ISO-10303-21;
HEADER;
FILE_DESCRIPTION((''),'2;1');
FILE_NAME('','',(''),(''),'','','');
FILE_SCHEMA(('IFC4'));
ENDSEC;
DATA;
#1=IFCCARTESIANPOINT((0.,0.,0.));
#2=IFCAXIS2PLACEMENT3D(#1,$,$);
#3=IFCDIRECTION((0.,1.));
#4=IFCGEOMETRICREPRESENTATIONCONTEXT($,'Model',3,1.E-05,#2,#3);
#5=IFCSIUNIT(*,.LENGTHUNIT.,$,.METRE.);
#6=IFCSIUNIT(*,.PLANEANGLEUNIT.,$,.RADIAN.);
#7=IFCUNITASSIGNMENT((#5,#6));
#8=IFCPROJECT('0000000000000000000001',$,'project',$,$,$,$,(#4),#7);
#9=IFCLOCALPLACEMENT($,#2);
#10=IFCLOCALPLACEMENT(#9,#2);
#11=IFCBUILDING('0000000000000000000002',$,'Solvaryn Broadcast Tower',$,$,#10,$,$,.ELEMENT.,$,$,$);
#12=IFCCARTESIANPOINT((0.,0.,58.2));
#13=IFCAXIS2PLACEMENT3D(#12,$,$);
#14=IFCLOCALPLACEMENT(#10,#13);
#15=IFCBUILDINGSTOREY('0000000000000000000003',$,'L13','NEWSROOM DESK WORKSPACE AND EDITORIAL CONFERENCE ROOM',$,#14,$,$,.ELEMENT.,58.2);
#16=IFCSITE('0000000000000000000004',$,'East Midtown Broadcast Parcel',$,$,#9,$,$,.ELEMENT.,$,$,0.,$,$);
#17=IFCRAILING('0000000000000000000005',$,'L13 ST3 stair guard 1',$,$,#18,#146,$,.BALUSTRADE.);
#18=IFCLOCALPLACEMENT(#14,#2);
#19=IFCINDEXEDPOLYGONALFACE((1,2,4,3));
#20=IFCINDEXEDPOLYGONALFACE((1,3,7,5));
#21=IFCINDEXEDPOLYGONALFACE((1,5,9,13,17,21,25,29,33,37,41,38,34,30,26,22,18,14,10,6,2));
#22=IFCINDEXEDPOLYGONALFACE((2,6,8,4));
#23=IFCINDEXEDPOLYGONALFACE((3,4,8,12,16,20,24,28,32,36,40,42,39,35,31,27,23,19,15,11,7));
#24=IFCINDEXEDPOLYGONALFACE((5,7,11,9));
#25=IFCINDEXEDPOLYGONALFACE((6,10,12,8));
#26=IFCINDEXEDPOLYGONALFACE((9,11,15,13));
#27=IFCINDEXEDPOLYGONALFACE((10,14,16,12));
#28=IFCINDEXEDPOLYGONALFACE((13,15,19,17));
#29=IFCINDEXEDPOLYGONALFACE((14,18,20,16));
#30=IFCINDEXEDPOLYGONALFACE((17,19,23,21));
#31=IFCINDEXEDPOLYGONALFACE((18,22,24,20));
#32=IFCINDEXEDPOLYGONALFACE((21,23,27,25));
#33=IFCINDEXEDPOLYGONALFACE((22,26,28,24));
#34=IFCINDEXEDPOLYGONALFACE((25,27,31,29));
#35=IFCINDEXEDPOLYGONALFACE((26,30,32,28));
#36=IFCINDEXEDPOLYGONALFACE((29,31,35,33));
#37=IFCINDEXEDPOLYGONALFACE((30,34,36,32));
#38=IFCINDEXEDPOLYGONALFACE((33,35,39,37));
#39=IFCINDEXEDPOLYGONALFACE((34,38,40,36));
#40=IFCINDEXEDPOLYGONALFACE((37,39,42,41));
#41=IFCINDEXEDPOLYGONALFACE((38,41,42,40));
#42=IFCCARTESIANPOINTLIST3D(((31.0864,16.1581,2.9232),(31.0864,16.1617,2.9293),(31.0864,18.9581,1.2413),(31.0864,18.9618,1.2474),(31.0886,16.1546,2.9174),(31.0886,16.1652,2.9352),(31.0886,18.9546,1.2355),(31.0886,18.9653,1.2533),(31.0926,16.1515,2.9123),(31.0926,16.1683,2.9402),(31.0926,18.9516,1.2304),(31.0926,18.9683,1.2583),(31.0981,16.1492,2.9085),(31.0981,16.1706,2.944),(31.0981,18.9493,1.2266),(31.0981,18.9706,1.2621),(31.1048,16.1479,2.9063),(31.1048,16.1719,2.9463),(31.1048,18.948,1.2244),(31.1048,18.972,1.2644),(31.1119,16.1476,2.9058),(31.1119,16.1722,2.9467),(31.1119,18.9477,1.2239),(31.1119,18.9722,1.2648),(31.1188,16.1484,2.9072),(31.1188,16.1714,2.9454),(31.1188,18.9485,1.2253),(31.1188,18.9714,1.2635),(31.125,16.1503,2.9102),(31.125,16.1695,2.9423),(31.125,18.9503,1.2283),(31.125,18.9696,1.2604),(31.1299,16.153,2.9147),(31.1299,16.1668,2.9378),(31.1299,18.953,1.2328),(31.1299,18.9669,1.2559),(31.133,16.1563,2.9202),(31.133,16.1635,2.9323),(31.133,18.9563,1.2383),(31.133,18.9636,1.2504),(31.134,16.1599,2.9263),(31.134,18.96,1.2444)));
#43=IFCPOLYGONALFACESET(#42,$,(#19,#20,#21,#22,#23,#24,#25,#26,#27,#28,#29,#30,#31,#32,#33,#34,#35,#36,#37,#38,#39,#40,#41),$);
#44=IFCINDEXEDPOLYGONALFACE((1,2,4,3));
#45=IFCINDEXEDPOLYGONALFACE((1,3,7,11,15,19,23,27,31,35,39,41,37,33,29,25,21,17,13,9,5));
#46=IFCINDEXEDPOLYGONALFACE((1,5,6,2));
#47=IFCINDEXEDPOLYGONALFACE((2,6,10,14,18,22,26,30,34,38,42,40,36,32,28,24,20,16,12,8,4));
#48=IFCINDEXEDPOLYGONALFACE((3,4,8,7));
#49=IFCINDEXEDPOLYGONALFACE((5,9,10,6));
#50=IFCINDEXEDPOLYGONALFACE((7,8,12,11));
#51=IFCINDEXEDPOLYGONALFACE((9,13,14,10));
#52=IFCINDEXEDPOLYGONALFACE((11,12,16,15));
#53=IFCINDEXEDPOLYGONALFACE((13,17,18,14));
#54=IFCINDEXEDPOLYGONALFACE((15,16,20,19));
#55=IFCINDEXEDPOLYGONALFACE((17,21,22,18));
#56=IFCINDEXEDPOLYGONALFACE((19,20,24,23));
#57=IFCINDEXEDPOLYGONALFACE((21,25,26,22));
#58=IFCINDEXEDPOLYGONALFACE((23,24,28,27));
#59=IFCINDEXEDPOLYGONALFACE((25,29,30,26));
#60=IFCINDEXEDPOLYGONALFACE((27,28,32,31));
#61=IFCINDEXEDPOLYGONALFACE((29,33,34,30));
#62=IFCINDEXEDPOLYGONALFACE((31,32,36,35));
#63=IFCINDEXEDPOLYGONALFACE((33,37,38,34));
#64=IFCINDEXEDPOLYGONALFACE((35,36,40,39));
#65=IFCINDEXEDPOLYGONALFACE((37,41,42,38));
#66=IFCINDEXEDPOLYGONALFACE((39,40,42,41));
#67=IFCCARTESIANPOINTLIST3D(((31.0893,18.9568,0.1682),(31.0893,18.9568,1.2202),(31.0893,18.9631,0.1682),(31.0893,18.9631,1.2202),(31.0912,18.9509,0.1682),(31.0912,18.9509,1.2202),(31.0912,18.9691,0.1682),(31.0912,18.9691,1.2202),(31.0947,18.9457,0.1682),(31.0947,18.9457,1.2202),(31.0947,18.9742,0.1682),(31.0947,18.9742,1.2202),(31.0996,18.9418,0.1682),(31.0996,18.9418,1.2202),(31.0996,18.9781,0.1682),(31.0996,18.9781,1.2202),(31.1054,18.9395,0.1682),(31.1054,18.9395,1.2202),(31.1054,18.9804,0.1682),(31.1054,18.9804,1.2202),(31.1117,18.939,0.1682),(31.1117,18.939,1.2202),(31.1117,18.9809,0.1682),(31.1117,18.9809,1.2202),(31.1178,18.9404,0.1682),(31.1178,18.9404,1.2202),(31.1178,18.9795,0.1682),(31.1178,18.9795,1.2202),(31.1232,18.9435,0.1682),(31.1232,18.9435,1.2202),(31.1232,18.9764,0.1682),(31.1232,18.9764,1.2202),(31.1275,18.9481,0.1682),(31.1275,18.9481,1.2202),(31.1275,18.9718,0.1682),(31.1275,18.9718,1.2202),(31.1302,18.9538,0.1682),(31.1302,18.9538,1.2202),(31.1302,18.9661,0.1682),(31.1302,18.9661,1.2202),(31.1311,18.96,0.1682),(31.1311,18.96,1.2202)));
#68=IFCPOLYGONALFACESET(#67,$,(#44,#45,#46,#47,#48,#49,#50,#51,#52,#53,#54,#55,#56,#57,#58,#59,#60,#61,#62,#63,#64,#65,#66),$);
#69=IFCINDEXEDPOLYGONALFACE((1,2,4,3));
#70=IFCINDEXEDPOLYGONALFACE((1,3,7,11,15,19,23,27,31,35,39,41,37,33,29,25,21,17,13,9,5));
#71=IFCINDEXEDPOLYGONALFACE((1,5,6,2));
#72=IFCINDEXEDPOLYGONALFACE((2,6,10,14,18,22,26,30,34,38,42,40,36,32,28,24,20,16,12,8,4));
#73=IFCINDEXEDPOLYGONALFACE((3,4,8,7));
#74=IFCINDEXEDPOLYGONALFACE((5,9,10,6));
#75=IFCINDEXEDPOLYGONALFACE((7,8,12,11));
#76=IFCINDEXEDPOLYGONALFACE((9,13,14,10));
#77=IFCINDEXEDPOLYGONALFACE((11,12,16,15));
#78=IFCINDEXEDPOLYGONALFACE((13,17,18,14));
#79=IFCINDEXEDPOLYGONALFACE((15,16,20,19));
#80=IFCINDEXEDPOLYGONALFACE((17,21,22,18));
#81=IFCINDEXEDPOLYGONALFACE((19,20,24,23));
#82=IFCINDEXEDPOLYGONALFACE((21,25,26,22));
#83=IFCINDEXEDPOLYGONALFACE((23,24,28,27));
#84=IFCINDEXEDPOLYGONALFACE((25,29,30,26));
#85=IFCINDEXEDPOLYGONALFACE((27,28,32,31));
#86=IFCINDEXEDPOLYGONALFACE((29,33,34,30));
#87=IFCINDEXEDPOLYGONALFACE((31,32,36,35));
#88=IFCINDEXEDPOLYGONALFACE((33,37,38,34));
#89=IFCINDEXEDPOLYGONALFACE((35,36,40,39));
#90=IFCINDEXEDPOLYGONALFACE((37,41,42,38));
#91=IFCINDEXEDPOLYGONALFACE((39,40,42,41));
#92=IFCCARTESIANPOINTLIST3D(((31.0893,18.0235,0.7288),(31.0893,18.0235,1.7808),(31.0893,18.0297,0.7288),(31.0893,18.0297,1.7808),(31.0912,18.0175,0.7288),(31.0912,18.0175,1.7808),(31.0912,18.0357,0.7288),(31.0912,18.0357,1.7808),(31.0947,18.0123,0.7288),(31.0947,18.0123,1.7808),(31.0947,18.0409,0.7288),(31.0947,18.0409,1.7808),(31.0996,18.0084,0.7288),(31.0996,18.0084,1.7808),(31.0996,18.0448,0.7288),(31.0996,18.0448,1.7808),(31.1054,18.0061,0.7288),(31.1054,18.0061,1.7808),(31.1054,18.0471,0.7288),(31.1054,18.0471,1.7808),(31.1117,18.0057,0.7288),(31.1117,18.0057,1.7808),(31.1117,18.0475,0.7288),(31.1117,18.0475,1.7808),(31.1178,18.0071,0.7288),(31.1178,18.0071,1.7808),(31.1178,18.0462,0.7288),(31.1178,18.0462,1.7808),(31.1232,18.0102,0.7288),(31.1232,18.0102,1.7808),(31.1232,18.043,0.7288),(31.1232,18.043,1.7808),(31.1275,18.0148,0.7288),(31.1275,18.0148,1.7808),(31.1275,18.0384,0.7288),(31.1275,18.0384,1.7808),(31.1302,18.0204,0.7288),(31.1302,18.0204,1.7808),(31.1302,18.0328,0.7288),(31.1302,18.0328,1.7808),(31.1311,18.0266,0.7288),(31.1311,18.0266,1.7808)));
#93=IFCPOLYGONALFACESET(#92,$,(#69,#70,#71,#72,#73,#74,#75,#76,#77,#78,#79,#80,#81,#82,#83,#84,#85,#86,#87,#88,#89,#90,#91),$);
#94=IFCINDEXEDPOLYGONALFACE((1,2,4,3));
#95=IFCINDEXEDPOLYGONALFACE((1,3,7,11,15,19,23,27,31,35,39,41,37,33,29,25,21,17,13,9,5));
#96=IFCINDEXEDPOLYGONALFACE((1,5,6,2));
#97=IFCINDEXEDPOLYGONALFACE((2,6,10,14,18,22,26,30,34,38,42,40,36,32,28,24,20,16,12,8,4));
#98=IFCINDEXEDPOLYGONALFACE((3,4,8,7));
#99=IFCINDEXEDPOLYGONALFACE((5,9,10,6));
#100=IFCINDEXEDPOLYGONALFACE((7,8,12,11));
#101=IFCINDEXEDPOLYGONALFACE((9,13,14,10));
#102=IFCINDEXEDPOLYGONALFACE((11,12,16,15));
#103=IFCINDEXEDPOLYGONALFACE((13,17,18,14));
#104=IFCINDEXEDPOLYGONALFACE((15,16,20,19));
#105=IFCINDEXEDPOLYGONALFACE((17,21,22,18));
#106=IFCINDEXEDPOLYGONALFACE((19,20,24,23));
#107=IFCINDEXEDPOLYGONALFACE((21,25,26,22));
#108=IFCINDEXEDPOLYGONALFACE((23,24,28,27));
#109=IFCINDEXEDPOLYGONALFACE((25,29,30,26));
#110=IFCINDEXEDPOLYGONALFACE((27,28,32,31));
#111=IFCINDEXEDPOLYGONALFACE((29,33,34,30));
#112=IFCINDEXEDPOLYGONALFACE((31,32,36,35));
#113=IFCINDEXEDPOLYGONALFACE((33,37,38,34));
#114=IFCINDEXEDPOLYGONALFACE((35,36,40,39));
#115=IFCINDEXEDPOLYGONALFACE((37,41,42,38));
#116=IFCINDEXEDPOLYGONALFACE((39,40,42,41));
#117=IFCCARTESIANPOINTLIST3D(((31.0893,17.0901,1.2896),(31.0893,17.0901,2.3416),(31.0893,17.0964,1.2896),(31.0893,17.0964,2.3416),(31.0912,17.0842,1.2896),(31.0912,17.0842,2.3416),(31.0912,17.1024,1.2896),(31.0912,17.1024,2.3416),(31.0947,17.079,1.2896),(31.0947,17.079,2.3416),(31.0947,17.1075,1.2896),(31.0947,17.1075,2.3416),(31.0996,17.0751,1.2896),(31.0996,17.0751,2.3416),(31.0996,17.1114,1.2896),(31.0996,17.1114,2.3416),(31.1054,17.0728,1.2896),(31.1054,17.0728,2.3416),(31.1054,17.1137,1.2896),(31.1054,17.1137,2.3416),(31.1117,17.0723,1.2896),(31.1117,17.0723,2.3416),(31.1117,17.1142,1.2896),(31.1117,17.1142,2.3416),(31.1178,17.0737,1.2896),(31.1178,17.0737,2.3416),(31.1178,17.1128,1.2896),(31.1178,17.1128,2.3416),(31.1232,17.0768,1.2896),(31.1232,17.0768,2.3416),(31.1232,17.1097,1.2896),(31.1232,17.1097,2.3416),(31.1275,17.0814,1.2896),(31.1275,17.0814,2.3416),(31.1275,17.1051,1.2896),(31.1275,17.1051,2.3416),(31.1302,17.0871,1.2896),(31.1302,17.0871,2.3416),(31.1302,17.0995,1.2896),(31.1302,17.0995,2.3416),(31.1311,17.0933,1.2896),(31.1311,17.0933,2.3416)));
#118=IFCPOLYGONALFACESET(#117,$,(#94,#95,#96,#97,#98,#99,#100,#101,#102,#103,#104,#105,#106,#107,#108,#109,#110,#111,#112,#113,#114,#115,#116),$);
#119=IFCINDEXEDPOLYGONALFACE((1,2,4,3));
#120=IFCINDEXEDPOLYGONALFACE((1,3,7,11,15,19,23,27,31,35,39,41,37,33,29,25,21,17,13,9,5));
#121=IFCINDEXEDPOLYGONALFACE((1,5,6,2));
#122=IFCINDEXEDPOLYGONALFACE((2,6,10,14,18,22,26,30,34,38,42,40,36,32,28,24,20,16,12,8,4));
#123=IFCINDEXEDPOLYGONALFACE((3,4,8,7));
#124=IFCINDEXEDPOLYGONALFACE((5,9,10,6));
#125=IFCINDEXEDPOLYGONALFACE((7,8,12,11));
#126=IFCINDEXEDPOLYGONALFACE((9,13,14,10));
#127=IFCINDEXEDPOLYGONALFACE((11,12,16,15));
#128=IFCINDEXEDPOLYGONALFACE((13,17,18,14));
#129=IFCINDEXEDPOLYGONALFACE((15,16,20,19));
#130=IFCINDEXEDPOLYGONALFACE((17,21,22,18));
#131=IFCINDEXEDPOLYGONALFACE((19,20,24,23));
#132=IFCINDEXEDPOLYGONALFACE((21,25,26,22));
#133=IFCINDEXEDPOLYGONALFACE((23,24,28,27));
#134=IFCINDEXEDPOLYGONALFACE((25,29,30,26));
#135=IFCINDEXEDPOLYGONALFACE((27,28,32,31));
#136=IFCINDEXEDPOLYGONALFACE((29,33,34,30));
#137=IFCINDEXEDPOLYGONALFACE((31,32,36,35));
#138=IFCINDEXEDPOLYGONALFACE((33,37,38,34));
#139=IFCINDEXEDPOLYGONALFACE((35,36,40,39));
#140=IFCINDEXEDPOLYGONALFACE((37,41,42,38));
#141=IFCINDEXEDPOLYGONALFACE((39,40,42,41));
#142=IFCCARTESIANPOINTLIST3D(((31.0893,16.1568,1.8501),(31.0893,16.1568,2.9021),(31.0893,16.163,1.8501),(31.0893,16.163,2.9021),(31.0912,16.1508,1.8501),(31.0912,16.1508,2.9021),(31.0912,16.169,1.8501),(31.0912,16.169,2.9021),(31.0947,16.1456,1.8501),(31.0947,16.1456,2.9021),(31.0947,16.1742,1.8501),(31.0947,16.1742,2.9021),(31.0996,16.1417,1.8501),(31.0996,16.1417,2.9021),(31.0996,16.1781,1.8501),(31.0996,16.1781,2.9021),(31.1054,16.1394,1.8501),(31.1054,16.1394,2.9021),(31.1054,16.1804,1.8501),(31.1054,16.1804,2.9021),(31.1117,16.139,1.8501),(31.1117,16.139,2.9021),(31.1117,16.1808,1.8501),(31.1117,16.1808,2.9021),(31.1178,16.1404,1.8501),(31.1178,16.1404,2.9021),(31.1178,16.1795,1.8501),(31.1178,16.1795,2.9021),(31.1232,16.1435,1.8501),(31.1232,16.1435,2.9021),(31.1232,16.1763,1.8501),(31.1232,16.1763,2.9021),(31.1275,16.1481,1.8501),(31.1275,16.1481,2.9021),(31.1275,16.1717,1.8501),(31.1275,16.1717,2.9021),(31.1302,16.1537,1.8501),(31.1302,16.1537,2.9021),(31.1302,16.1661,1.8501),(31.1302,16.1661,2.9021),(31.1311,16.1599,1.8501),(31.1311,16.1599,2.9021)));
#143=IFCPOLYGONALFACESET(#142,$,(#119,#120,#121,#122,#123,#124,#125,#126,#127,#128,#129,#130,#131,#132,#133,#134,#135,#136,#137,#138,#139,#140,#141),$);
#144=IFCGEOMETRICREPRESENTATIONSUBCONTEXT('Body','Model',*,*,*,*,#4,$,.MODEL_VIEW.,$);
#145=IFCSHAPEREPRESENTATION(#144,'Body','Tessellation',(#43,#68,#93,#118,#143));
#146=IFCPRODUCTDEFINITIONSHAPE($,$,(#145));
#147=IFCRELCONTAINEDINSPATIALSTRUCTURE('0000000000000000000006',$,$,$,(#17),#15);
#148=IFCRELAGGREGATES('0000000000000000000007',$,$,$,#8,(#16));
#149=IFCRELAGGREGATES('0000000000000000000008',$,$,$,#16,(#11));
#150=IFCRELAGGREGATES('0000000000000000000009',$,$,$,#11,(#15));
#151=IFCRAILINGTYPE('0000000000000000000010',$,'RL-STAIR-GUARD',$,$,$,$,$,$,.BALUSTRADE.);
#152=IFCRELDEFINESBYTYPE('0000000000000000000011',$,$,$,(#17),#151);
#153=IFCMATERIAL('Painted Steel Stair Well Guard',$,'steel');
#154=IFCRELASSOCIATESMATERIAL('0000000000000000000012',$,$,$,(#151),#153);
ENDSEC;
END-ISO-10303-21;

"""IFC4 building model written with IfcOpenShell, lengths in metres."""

from ifc_helpers import new_model, si_unit, direction, frame, origin, origin_2d, place, context, subcontext, project, spatial, circle, extrude, material, type_object, element, save


model = new_model("IFC4")

# Units and contexts
model_context = context("Model", 3, precision=1e-05, world=origin(), true_north=direction((0.0, 1.0)))
body_context = subcontext(model_context, "Body", "Model", "MODEL_VIEW")
ifc_project = project(units=[si_unit("LENGTHUNIT", "METRE"), si_unit("PLANEANGLEUNIT", "RADIAN")], contexts=[model_context])

# Site, building, storey
site_placement = place(None, origin())
site = spatial("IfcSite", under=ifc_project, at=site_placement, Name="East Midtown Broadcast Parcel", CompositionType="ELEMENT", RefElevation=0.0)
building_placement = place(site_placement, origin())
building = spatial("IfcBuilding", under=site, at=building_placement, Name="Solvaryn Broadcast Tower", CompositionType="ELEMENT")
storey_placement = place(building_placement, frame((0.0, 0.0, 58.2)))
storey = spatial("IfcBuildingStorey", under=building, at=storey_placement, Name="L13", Description="NEWSROOM DESK WORKSPACE AND EDITORIAL CONFERENCE ROOM", CompositionType="ELEMENT", Elevation=58.2)

# Railing
ifc_material_1 = material(Name="Painted Steel Stair Well Guard", Category="steel")
railing_type_1 = type_object("IfcRailingType", Name="RL-STAIR-GUARD", PredefinedType="BALUSTRADE", material=ifc_material_1)
railing_1_placement = place(storey_placement, frame((31.1101, 18.96, 0.1682)))
element("IfcRailing", 1, at=railing_1_placement, inside=storey, type_object=railing_type_1, Name="L13 ST3 stair guard 1", PredefinedType="BALUSTRADE", context=body_context, shape_type="SweptSolid", body=[
    extrude(circle(Radius=0.0239, at=origin_2d()), frame((0.0, 0.0, 1.0762), z_axis=(0.0, -0.857242, 0.514913), x_axis=(1.0, 0.0, 0.0)), (0.0, 0.0, 1.0), 3.2664),
    extrude(circle(Radius=0.021, at=origin_2d()), origin(), (0.0, 0.0, 1.0), 1.052),
    extrude(circle(Radius=0.021, at=origin_2d()), frame((0.0, -0.9333, 0.5605)), (0.0, 0.0, 1.0), 1.052),
    extrude(circle(Radius=0.021, at=origin_2d()), frame((0.0, -1.8667, 1.1213)), (0.0, 0.0, 1.0), 1.052),
    extrude(circle(Radius=0.021, at=origin_2d()), frame((0.0, -2.8, 1.6819)), (0.0, 0.0, 1.0), 1.052),
])

save(model, "model.ifc")
